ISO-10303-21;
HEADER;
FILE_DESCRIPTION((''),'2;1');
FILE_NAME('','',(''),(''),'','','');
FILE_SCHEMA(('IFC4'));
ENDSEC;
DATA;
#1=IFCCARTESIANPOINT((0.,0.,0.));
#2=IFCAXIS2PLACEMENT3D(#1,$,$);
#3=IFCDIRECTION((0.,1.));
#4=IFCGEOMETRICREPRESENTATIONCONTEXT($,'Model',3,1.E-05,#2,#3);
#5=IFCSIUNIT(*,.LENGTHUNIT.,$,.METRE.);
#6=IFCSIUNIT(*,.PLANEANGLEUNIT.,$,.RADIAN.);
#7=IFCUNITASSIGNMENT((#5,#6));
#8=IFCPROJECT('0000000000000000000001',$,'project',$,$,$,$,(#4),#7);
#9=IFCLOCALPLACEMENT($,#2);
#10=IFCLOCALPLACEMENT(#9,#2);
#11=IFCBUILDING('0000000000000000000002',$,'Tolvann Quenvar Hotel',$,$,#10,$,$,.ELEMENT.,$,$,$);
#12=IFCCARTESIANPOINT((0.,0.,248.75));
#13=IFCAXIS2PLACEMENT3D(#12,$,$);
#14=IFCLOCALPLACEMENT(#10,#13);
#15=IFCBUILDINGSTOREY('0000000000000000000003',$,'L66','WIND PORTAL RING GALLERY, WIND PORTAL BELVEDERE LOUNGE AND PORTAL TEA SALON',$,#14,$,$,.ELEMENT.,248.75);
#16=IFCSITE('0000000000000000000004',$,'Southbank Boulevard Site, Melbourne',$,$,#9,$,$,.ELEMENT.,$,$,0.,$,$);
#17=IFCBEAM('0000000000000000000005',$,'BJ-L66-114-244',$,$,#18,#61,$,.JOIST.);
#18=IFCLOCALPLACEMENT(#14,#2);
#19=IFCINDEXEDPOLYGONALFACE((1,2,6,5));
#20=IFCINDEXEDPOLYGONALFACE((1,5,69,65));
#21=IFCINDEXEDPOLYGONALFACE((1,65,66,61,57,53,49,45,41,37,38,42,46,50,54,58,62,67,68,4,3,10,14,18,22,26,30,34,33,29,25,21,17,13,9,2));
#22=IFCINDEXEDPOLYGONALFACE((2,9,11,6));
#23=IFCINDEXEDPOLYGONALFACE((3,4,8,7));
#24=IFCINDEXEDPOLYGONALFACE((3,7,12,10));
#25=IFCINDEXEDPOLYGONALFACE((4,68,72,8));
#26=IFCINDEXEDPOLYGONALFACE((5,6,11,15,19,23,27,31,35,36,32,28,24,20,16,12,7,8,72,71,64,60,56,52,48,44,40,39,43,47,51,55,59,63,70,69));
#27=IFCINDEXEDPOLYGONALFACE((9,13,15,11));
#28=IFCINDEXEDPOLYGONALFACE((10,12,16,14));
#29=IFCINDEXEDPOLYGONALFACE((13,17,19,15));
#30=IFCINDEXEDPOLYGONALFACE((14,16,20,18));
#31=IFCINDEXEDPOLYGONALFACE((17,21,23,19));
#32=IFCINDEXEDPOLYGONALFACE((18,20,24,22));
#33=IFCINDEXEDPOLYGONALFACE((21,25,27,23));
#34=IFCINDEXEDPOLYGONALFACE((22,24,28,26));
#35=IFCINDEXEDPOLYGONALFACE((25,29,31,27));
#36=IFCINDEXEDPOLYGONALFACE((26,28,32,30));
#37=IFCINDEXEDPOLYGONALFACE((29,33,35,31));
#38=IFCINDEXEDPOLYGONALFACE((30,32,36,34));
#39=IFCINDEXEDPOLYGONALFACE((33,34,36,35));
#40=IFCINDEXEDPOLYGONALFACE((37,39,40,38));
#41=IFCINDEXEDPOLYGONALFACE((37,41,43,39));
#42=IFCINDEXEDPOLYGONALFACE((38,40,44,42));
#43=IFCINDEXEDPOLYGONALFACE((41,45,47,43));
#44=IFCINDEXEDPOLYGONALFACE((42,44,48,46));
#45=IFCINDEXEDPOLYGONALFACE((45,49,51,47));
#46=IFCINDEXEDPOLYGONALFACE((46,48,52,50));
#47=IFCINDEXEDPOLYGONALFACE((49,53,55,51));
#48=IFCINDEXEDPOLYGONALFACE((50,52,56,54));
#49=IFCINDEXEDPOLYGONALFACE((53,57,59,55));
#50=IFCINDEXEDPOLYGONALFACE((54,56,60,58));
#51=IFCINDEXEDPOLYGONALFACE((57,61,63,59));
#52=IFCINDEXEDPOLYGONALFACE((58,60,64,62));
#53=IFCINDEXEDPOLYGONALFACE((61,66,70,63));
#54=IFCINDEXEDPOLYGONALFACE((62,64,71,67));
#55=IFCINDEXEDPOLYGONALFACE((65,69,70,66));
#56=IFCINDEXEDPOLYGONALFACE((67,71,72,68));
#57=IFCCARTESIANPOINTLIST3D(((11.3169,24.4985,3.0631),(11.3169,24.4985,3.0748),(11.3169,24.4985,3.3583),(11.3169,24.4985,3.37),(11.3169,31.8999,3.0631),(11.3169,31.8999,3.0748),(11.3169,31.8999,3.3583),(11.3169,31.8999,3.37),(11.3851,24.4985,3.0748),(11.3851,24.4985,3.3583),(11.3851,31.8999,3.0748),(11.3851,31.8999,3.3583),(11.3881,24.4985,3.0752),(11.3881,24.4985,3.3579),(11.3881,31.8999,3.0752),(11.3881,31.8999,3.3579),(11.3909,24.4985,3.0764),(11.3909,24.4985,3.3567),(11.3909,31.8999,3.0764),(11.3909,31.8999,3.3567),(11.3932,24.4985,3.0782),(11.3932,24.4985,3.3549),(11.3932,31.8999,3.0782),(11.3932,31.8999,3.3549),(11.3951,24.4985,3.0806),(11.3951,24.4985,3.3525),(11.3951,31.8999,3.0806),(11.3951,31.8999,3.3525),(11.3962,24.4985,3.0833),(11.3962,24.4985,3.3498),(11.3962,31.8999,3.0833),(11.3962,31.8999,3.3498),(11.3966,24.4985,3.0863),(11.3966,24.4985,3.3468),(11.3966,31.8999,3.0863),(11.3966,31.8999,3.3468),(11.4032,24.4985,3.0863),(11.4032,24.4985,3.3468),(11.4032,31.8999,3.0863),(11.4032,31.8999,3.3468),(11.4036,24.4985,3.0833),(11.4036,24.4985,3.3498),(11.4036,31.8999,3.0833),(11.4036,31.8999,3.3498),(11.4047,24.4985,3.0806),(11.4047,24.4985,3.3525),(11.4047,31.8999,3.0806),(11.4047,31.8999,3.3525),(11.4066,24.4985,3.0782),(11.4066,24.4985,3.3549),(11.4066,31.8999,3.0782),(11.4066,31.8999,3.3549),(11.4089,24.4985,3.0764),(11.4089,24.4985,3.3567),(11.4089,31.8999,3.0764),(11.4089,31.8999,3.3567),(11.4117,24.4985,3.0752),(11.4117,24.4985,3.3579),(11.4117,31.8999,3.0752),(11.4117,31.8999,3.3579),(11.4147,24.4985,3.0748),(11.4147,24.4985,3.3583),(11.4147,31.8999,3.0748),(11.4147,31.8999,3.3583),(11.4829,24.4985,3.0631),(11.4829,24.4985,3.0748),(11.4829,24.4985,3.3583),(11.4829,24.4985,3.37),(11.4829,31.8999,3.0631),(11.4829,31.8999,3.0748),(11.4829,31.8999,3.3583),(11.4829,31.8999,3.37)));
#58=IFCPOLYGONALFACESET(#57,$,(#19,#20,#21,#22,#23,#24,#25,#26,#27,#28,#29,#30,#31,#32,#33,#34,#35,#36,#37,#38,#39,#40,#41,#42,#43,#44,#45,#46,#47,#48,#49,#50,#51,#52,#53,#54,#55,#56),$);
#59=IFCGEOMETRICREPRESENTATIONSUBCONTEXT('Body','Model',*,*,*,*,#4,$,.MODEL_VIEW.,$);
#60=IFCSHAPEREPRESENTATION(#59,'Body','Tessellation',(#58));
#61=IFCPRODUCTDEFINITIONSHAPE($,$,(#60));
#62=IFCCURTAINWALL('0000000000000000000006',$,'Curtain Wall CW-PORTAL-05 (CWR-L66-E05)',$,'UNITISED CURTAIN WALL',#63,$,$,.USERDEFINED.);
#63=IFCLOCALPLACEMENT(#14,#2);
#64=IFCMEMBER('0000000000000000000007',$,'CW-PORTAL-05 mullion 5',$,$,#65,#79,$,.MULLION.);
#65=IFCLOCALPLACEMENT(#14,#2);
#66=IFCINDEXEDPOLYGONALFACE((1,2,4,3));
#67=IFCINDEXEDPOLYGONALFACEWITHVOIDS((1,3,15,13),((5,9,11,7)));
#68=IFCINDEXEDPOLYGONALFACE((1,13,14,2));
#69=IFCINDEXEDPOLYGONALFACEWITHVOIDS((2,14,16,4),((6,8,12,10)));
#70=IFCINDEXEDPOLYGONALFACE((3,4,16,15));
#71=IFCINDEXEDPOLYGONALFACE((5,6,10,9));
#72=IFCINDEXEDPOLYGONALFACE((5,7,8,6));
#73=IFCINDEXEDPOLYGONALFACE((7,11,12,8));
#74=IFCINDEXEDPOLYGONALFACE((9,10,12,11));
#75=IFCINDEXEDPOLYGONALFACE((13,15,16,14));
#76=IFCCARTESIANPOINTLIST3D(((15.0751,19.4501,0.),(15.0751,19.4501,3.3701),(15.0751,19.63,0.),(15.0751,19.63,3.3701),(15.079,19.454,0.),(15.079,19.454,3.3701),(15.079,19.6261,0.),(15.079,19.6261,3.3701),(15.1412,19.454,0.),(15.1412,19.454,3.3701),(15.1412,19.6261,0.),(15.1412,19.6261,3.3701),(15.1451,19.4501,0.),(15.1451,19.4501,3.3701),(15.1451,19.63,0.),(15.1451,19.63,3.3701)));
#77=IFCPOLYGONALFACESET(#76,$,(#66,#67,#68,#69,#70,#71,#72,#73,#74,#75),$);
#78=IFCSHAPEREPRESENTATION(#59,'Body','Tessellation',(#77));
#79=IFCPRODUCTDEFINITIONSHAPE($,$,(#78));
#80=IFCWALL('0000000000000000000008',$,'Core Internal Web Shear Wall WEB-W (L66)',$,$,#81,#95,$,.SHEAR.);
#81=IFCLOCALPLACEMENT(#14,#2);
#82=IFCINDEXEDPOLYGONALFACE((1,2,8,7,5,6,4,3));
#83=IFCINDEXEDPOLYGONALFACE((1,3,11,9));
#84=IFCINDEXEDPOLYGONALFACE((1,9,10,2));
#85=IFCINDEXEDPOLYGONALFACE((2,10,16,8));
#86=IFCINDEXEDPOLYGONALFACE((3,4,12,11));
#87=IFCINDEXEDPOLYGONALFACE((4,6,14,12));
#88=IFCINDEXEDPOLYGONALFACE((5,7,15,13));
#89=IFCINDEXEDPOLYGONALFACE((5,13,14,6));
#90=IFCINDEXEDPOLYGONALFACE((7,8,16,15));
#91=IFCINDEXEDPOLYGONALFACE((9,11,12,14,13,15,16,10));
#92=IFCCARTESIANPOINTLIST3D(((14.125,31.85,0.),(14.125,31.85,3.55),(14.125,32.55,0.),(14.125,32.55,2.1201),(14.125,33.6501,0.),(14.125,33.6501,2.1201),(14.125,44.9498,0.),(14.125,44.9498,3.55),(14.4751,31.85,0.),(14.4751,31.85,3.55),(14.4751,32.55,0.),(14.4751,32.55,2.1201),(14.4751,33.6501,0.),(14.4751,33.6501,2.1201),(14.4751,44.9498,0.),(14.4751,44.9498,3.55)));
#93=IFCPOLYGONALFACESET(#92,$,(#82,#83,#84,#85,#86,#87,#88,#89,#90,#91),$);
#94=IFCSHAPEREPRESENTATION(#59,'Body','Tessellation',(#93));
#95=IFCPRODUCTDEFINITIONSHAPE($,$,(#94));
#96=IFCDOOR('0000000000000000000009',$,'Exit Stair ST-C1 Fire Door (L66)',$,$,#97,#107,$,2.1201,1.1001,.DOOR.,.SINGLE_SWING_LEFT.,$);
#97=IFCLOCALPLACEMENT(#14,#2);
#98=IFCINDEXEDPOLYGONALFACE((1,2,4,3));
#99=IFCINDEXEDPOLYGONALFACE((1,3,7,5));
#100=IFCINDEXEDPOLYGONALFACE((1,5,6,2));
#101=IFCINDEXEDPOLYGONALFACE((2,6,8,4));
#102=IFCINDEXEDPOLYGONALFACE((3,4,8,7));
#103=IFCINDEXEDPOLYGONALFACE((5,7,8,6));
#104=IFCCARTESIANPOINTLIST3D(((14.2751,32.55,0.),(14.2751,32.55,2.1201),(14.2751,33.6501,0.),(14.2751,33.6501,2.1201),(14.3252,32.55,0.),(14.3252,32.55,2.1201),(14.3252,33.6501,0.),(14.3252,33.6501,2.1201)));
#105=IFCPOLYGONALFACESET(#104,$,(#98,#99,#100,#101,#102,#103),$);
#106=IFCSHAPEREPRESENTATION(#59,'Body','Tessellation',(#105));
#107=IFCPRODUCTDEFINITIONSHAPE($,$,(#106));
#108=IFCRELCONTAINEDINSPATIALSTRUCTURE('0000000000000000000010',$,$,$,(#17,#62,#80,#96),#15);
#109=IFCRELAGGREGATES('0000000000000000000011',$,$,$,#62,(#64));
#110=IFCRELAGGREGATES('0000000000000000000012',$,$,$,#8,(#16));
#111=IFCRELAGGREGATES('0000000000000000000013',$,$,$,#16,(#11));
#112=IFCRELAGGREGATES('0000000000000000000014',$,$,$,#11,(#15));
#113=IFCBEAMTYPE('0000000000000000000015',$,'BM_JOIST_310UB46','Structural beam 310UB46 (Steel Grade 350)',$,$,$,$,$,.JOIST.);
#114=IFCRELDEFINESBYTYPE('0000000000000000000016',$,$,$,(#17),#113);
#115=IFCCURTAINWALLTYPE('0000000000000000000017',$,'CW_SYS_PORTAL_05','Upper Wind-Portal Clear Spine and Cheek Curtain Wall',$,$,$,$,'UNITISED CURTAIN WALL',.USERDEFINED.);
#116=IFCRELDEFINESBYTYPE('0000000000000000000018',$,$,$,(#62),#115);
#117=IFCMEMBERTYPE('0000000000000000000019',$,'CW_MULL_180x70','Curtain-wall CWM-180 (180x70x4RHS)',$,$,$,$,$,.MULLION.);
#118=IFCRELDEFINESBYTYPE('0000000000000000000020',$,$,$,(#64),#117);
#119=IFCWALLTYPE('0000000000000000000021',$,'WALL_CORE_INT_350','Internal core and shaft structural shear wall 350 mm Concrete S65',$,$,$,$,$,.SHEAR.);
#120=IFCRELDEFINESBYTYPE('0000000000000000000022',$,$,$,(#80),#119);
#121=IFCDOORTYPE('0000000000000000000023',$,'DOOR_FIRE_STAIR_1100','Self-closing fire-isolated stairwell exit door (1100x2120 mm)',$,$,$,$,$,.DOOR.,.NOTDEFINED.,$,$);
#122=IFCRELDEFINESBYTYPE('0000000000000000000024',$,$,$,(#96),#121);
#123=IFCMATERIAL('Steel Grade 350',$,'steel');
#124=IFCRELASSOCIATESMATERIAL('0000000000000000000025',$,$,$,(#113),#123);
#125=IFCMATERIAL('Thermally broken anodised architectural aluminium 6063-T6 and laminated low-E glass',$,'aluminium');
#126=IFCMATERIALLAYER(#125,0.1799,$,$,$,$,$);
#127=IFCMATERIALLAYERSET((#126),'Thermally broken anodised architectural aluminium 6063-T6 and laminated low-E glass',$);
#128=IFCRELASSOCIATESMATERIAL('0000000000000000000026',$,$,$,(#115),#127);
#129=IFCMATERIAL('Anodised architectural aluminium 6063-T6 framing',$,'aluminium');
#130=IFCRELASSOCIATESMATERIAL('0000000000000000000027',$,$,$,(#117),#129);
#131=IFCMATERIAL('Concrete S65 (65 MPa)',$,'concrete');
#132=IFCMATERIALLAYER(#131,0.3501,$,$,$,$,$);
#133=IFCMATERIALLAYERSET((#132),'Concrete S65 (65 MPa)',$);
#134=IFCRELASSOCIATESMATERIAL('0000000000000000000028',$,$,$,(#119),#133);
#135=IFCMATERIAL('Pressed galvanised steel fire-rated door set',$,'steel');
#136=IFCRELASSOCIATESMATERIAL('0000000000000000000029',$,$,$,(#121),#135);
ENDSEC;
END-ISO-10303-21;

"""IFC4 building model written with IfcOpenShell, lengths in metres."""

from ifc_helpers import new_model, si_unit, direction, frame, frame_2d, origin, origin_2d, place, context, subcontext, project, spatial, rectangle, hollow_rectangle, i_section, extrude, source, transform, mapped, material, layer, layer_set, material_profile, profile_set, type_object, type_shapes, element, fill, aggregate, save


model = new_model("IFC4")

# Units and contexts
model_context = context("Model", 3, precision=1e-05, world=origin(), true_north=direction((0.0, 1.0)))
body_context = subcontext(model_context, "Body", "Model", "MODEL_VIEW")
ifc_project = project(units=[si_unit("LENGTHUNIT", "METRE"), si_unit("PLANEANGLEUNIT", "RADIAN")], contexts=[model_context])

# Site, building, storey
site_placement = place(None, origin())
site = spatial("IfcSite", under=ifc_project, at=site_placement, Name="Southbank Boulevard Site, Melbourne", CompositionType="ELEMENT", RefElevation=0.0)
building_placement = place(site_placement, origin())
building = spatial("IfcBuilding", under=site, at=building_placement, Name="Tolvann Quenvar Hotel", CompositionType="ELEMENT")
storey_placement = place(building_placement, frame((0.0, 0.0, 248.75)))
storey = spatial("IfcBuildingStorey", under=building, at=storey_placement, Name="L66", Description="WIND PORTAL RING GALLERY, WIND PORTAL BELVEDERE LOUNGE AND PORTAL TEA SALON", CompositionType="ELEMENT", Elevation=248.75)

# Shared definitions
ifc_material_1 = material(Name="Steel Grade 350", Category="steel")

# Beam
ifc_material_profile_1 = material_profile(ifc_material_1, i_section(OverallWidth=0.166, OverallDepth=0.3069, WebThickness=0.0066, FlangeThickness=0.0117, FilletRadius=0.0115, at=origin_2d()), Name="310UB46")
ifc_profile_set_1 = profile_set([ifc_material_profile_1], Name="Steel Grade 350")
beam_type_1 = type_object("IfcBeamType", Name="BM_JOIST_310UB46", Description="Structural beam 310UB46 (Steel Grade 350)", PredefinedType="JOIST", material=ifc_profile_set_1)
shared_shape_1 = source(origin(), body_context, "Body", "SweptSolid", [
    extrude(i_section(OverallWidth=0.166, OverallDepth=0.3069, WebThickness=0.0066, FlangeThickness=0.0117, FilletRadius=0.0115, at=origin_2d()), origin(), (0.0, 0.0, 1.0), 7.4014),
])
beam_1_placement = place(storey_placement, frame((11.3999, 24.4985, 3.2166), z_axis=(0.0, 1.0, 0.0), x_axis=(-1.0, 0.0, 0.0)))
element("IfcBeam", 1, at=beam_1_placement, inside=storey, type_object=beam_type_1, Name="BJ-L66-114-244", PredefinedType="JOIST", context=body_context, shape_type="MappedRepresentation", body=[
    mapped(shared_shape_1, transform((0.0, 0.0, 0.0), x_axis=(1.0, 0.0, 0.0), y_axis=(0.0, 1.0, 0.0), z_axis=(0.0, 0.0, 1.0), scale=1.0)),
])

# Curtain wall, member
ifc_material_2 = material(Name="Thermally broken anodised architectural aluminium 6063-T6 and laminated low-E glass", Category="aluminium")
ifc_layer_1 = layer(ifc_material_2, 0.1799)
ifc_layer_set_1 = layer_set([ifc_layer_1], Name="Thermally broken anodised architectural aluminium 6063-T6 and laminated low-E glass")
curtain_wall_type = type_object("IfcCurtainWallType", Name="CW_SYS_PORTAL_05", Description="Upper Wind-Portal Clear Spine and Cheek Curtain Wall", ElementType="UNITISED CURTAIN WALL", PredefinedType="USERDEFINED", material=ifc_layer_set_1)
curtain_wall_placement = place(storey_placement, origin())
curtain_wall = element("IfcCurtainWall", 2, at=curtain_wall_placement, inside=storey, type_object=curtain_wall_type, Name="Curtain Wall CW-PORTAL-05 (CWR-L66-E05)", ObjectType="UNITISED CURTAIN WALL", PredefinedType="USERDEFINED")
ifc_material_3 = material(Name="Anodised architectural aluminium 6063-T6 framing", Category="aluminium")
ifc_material_profile_2 = material_profile(ifc_material_3, hollow_rectangle(XDim=0.0701, YDim=0.1799, WallThickness=0.0039, at=origin_2d()), Name="180x70x4RHS")
ifc_profile_set_2 = profile_set([ifc_material_profile_2], Name="Anodised architectural aluminium 6063-T6 framing")
member_type = type_object("IfcMemberType", Name="CW_MULL_180x70", Description="Curtain-wall CWM-180 (180x70x4RHS)", PredefinedType="MULLION", material=ifc_profile_set_2)
shared_shape_2 = source(origin(), body_context, "Body", "SweptSolid", [
    extrude(hollow_rectangle(XDim=0.0701, YDim=0.1799, WallThickness=0.0039, at=origin_2d()), origin(), (0.0, 0.0, 1.0), 3.3701),
])
type_shapes(member_type, [shared_shape_2])
member_placement = place(storey_placement, frame((15.1101, 19.54, 0.0), z_axis=(0.0, 0.0, 1.0), x_axis=(-1.0, 0.0, 0.0)))
member = element("IfcMember", 3, at=member_placement, type_object=member_type, Name="CW-PORTAL-05 mullion 5", PredefinedType="MULLION", context=body_context, shape_type="MappedRepresentation", body=[
    mapped(shared_shape_2, transform((0.0, 0.0, 0.0), x_axis=(1.0, 0.0, 0.0), y_axis=(0.0, 1.0, 0.0), z_axis=(0.0, 0.0, 1.0), scale=1.0)),
])
aggregate(curtain_wall, [member])

# Wall, opening, door
ifc_material_4 = material(Name="Concrete S65 (65 MPa)", Category="concrete")
ifc_layer_2 = layer(ifc_material_4, 0.3501)
ifc_layer_set_2 = layer_set([ifc_layer_2], Name="Concrete S65 (65 MPa)")
wall_type_1 = type_object("IfcWallType", Name="WALL_CORE_INT_350", Description="Internal core and shaft structural shear wall 350 mm Concrete S65", PredefinedType="SHEAR", material=ifc_layer_set_2)
wall_1_placement = place(storey_placement, frame((14.3, 31.8501, 0.0), z_axis=(0.0, 0.0, 1.0), x_axis=(0.0, 1.0, 0.0)))
wall_1 = element("IfcWall", 4, at=wall_1_placement, inside=storey, type_object=wall_type_1, Name="Core Internal Web Shear Wall WEB-W (L66)", PredefinedType="SHEAR", context=body_context, shape_type="SweptSolid", body=[
    extrude(rectangle(XDim=13.0999, YDim=0.3501, at=frame_2d((6.5498, 0.0))), origin(), (0.0, 0.0, 1.0), 3.55),
])
opening_1_placement = place(wall_1_placement, frame((0.7, 0.0, 0.0)))
opening_1 = element("IfcOpeningElement", 5, at=opening_1_placement, cuts=wall_1, PredefinedType="OPENING", context=body_context, shape_type="SweptSolid", body=[
    extrude(rectangle(XDim=1.1001, YDim=2.1201, at=frame_2d((0.55, 1.0601))), frame((0.0, 0.1851, 0.0), z_axis=(0.0, -1.0, 0.0), x_axis=(1.0, 0.0, 0.0)), (0.0, 0.0, 1.0), 0.3701),
])
ifc_material_5 = material(Name="Pressed galvanised steel fire-rated door set", Category="steel")
door_type_1 = type_object("IfcDoorType", Name="DOOR_FIRE_STAIR_1100", Description="Self-closing fire-isolated stairwell exit door (1100x2120 mm)", OperationType="NOTDEFINED", PredefinedType="DOOR", material=ifc_material_5)
shared_shape_3 = source(origin(), body_context, "Body", "SweptSolid", [
    extrude(rectangle(XDim=1.1001, YDim=2.1201, at=frame_2d((0.55, 1.0601))), frame((0.0, 0.0249, 0.0), z_axis=(0.0, -1.0, 0.0), x_axis=(1.0, 0.0, 0.0)), (0.0, 0.0, 1.0), 0.05),
])
type_shapes(door_type_1, [shared_shape_3])
door_1_placement = place(opening_1_placement, origin())
door_1 = element("IfcDoor", 6, at=door_1_placement, inside=storey, type_object=door_type_1, Name="Exit Stair ST-C1 Fire Door (L66)", OperationType="SINGLE_SWING_LEFT", OverallHeight=2.1201, OverallWidth=1.1001, PredefinedType="DOOR", context=body_context, shape_type="MappedRepresentation", body=[
    mapped(shared_shape_3, transform((0.0, 0.0, 0.0), x_axis=(1.0, 0.0, 0.0), y_axis=(0.0, 1.0, 0.0), z_axis=(0.0, 0.0, 1.0), scale=1.0)),
])
fill(opening_1, door_1)

save(model, "model.ifc")
